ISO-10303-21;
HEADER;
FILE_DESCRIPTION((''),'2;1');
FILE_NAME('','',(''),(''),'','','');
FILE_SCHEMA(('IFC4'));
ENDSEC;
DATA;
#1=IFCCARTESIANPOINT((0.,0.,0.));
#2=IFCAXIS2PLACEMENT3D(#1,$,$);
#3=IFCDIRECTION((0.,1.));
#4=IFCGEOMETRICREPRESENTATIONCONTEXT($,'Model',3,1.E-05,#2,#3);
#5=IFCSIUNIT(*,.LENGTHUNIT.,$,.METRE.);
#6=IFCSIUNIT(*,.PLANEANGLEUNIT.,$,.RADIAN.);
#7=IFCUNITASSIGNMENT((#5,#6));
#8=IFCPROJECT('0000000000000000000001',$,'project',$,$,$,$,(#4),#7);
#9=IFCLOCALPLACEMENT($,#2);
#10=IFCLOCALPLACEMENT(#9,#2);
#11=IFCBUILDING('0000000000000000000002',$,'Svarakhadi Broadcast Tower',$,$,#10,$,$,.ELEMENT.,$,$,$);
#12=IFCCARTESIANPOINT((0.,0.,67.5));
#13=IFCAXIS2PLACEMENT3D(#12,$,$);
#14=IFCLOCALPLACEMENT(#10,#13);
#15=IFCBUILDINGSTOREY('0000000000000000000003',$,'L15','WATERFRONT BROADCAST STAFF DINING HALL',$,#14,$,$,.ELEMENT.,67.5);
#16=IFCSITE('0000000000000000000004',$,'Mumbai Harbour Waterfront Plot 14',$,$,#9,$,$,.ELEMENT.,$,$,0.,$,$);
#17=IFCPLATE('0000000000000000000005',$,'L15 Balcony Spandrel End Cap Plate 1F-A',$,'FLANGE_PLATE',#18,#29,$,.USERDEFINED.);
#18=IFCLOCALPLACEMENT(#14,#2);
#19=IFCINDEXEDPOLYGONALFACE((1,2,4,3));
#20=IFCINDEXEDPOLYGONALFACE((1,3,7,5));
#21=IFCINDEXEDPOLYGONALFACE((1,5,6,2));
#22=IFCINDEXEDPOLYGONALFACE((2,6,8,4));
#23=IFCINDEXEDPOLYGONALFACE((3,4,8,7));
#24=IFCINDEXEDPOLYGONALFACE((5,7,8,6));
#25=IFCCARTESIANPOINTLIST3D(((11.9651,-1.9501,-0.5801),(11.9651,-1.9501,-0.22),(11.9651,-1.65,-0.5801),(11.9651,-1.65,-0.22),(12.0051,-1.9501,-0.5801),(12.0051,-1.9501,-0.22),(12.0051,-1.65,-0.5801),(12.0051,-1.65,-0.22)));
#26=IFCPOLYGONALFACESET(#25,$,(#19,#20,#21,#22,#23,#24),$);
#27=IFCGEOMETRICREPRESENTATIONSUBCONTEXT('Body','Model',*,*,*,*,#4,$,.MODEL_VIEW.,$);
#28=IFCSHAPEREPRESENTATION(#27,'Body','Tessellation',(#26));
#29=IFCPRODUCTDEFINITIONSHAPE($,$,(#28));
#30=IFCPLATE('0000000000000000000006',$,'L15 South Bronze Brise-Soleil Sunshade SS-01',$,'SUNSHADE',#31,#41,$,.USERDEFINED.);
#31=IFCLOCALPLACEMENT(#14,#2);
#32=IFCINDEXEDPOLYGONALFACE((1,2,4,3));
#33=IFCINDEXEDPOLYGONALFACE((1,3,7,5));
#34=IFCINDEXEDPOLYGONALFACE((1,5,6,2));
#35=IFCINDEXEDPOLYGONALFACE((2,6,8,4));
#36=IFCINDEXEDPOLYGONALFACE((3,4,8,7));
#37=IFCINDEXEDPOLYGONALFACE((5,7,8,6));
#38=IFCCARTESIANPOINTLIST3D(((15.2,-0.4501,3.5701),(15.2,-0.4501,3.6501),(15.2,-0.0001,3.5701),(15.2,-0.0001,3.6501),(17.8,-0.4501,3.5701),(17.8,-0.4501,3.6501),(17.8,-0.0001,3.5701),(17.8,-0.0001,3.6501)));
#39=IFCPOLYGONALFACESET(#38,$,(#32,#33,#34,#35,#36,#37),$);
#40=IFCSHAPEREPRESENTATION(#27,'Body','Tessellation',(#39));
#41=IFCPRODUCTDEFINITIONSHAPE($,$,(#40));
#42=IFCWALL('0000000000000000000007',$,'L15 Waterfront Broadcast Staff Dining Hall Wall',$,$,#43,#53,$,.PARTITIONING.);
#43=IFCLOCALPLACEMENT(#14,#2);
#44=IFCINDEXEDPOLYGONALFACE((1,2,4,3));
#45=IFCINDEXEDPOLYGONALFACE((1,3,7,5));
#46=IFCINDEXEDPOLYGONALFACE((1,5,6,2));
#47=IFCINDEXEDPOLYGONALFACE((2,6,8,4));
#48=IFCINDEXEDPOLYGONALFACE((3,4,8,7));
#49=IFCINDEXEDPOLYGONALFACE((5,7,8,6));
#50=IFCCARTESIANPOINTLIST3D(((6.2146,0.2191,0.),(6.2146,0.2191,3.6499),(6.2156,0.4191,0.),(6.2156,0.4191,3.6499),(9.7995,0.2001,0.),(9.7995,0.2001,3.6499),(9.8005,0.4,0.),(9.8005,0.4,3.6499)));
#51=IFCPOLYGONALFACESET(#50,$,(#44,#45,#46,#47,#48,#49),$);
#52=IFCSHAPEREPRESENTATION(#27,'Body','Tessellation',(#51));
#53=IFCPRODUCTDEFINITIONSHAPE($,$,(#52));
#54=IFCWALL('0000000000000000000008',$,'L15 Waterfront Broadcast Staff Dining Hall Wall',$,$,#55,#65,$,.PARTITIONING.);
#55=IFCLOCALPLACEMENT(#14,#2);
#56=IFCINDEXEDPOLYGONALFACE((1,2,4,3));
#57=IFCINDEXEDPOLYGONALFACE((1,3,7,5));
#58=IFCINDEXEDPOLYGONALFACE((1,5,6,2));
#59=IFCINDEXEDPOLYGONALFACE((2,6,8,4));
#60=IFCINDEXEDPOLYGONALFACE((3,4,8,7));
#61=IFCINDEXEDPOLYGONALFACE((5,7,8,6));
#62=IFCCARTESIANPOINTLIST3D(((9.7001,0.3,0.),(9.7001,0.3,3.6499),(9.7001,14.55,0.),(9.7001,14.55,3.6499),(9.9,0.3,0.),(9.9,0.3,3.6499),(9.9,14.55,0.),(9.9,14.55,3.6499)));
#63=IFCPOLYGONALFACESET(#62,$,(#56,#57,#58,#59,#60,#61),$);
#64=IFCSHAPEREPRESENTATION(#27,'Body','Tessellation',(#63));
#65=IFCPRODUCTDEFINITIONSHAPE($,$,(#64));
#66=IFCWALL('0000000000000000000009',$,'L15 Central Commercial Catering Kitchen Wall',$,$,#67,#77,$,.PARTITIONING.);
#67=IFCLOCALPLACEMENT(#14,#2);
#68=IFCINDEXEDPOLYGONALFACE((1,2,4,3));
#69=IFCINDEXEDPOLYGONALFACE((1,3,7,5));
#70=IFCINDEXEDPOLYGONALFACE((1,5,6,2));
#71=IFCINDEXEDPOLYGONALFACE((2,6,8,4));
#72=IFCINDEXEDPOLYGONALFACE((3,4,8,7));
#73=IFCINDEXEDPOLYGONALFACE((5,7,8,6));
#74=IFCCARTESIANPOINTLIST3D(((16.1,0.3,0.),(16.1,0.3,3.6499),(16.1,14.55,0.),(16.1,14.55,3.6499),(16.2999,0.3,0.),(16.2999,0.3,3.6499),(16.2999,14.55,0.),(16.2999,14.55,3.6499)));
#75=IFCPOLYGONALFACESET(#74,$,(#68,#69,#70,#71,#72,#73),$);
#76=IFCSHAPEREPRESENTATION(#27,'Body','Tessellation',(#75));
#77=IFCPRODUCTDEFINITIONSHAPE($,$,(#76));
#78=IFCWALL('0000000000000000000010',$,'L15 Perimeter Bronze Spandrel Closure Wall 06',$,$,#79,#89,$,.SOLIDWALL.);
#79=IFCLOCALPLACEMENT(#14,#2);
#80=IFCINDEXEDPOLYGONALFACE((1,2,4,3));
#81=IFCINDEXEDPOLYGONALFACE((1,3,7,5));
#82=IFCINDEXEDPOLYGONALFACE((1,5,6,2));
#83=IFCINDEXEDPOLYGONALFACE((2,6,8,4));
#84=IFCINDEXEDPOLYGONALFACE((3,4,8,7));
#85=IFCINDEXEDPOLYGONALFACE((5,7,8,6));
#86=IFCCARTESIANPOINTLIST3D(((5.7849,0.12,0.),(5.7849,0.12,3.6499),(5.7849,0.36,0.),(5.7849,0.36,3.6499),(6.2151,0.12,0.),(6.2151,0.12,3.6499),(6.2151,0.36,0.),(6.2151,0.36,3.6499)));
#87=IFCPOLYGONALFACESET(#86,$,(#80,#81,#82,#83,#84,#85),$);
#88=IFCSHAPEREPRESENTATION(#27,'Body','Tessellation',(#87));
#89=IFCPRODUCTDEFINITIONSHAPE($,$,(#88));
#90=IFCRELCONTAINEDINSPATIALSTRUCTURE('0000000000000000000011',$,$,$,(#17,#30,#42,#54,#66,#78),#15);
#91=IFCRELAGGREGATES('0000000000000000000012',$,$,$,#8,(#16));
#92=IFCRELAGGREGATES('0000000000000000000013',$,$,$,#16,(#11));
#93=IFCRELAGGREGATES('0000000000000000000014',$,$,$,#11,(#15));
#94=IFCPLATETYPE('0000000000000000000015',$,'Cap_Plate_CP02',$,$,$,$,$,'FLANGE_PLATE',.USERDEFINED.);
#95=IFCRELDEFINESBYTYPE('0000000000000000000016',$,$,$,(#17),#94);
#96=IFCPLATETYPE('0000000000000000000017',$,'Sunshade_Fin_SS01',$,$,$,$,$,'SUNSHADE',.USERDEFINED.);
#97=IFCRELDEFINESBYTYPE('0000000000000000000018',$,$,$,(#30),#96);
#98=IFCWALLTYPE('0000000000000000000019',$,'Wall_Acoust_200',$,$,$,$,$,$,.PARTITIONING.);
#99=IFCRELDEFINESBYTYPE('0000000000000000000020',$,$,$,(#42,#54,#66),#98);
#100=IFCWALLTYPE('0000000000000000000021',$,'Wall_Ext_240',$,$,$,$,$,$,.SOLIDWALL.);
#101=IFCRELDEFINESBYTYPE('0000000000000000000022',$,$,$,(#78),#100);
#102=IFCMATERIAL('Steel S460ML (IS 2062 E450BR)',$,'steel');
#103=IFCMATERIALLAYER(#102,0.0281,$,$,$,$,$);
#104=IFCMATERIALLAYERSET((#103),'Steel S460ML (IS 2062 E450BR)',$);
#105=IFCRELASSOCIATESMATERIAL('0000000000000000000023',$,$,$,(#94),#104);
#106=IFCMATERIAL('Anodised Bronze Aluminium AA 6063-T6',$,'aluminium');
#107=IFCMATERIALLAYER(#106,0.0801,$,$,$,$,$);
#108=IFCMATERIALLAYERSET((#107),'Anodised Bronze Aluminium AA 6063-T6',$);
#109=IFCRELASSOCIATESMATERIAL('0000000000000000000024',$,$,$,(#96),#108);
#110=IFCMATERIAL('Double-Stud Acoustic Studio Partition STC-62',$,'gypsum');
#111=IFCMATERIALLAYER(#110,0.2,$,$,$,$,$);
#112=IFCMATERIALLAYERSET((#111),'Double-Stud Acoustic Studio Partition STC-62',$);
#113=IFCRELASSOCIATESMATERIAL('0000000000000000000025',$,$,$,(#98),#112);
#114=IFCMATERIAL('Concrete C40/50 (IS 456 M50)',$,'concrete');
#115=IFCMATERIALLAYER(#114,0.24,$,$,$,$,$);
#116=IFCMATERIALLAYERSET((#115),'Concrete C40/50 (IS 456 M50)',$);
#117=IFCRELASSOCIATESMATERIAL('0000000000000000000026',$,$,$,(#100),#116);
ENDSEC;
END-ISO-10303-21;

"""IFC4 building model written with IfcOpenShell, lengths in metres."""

from ifc_helpers import new_model, si_unit, direction, frame, frame_2d, origin, origin_2d, place, context, subcontext, project, spatial, rectangle, extrude, material, layer, layer_set, type_object, element, save


model = new_model("IFC4")

# Units and contexts
model_context = context("Model", 3, precision=1e-05, world=origin(), true_north=direction((0.0, 1.0)))
body_context = subcontext(model_context, "Body", "Model", "MODEL_VIEW")
ifc_project = project(units=[si_unit("LENGTHUNIT", "METRE"), si_unit("PLANEANGLEUNIT", "RADIAN")], contexts=[model_context])

# Site, building, storey
site_placement = place(None, origin())
site = spatial("IfcSite", under=ifc_project, at=site_placement, Name="Mumbai Harbour Waterfront Plot 14", CompositionType="ELEMENT", RefElevation=0.0)
building_placement = place(site_placement, origin())
building = spatial("IfcBuilding", under=site, at=building_placement, Name="Svarakhadi Broadcast Tower", CompositionType="ELEMENT")
storey_placement = place(building_placement, frame((0.0, 0.0, 67.5)))
storey = spatial("IfcBuildingStorey", under=building, at=storey_placement, Name="L15", Description="WATERFRONT BROADCAST STAFF DINING HALL", CompositionType="ELEMENT", Elevation=67.5)

# Shared definitions
ifc_material_1 = material(Name="Steel S460ML (IS 2062 E450BR)", Category="steel")

# Shared definitions
ifc_material_2 = material(Name="Anodised Bronze Aluminium AA 6063-T6", Category="aluminium")

# Plates
ifc_layer_1 = layer(ifc_material_1, 0.0281)
ifc_layer_set_1 = layer_set([ifc_layer_1], Name="Steel S460ML (IS 2062 E450BR)")
plate_type_1 = type_object("IfcPlateType", Name="Cap_Plate_CP02", ElementType="FLANGE_PLATE", PredefinedType="USERDEFINED", material=ifc_layer_set_1)
plate_1_placement = place(storey_placement, frame((11.9851, -1.8, -0.5801), z_axis=(0.0, 0.0, 1.0), x_axis=(1.0, 0.0, 0.0)))
element("IfcPlate", 1, at=plate_1_placement, inside=storey, type_object=plate_type_1, Name="L15 Balcony Spandrel End Cap Plate 1F-A", ObjectType="FLANGE_PLATE", PredefinedType="USERDEFINED", context=body_context, shape_type="SweptSolid", body=[
    extrude(rectangle(XDim=0.04, YDim=0.3, at=origin_2d()), origin(), (0.0, 0.0, 1.0), 0.3601),
])
ifc_layer_2 = layer(ifc_material_2, 0.0801)
ifc_layer_set_2 = layer_set([ifc_layer_2], Name="Anodised Bronze Aluminium AA 6063-T6")
plate_type_2 = type_object("IfcPlateType", Name="Sunshade_Fin_SS01", ElementType="SUNSHADE", PredefinedType="USERDEFINED", material=ifc_layer_set_2)
plate_2_placement = place(storey_placement, frame((16.5, -0.2251, 3.5701), z_axis=(0.0, 0.0, 1.0), x_axis=(1.0, 0.0, 0.0)))
element("IfcPlate", 2, at=plate_2_placement, inside=storey, type_object=plate_type_2, Name="L15 South Bronze Brise-Soleil Sunshade SS-01", ObjectType="SUNSHADE", PredefinedType="USERDEFINED", context=body_context, shape_type="SweptSolid", body=[
    extrude(rectangle(XDim=2.6001, YDim=0.45, at=origin_2d()), origin(), (0.0, 0.0, 1.0), 0.0801),
])

# Walls
ifc_material_3 = material(Name="Double-Stud Acoustic Studio Partition STC-62", Category="gypsum")
ifc_layer_3 = layer(ifc_material_3, 0.2)
ifc_layer_set_3 = layer_set([ifc_layer_3], Name="Double-Stud Acoustic Studio Partition STC-62")
wall_type_1 = type_object("IfcWallType", Name="Wall_Acoust_200", PredefinedType="PARTITIONING", material=ifc_layer_set_3)
wall_1_placement = place(storey_placement, frame((6.2151, 0.3191, 0.0), z_axis=(0.0, 0.0, 1.0), x_axis=(0.999986, -0.005312, 0.0)))
element("IfcWall", 3, at=wall_1_placement, inside=storey, type_object=wall_type_1, Name="L15 Waterfront Broadcast Staff Dining Hall Wall", PredefinedType="PARTITIONING", context=body_context, shape_type="SweptSolid", body=[
    extrude(rectangle(XDim=3.585, YDim=0.2, at=frame_2d((1.7925, 0.0))), origin(), (0.0, 0.0, 1.0), 3.6499),
])
for number, where, z_axis, x_axis, name in (
    (4, (9.8, 0.3, 0.0), (0.0, 0.0, 1.0), (0.0, 1.0, 0.0), "L15 Waterfront Broadcast Staff Dining Hall Wall"),
    (5, (16.2, 0.3, 0.0), (0.0, 0.0, 1.0), (0.0, 1.0, 0.0), "L15 Central Commercial Catering Kitchen Wall"),
):
    element("IfcWall", number, at=place(storey_placement, frame(where, z_axis=z_axis, x_axis=x_axis)), inside=storey, type_object=wall_type_1, Name=name, PredefinedType="PARTITIONING", context=body_context, shape_type="SweptSolid", body=[
        extrude(rectangle(XDim=14.25, YDim=0.2, at=frame_2d((7.125, 0.0))), origin(), (0.0, 0.0, 1.0), 3.6499),
    ])
ifc_material_4 = material(Name="Concrete C40/50 (IS 456 M50)", Category="concrete")
ifc_layer_4 = layer(ifc_material_4, 0.24)
ifc_layer_set_4 = layer_set([ifc_layer_4], Name="Concrete C40/50 (IS 456 M50)")
wall_type_2 = type_object("IfcWallType", Name="Wall_Ext_240", PredefinedType="SOLIDWALL", material=ifc_layer_set_4)
wall_2_placement = place(storey_placement, frame((6.2151, 0.24, 0.0), z_axis=(0.0, 0.0, 1.0), x_axis=(-1.0, 0.0, 0.0)))
element("IfcWall", 6, at=wall_2_placement, inside=storey, type_object=wall_type_2, Name="L15 Perimeter Bronze Spandrel Closure Wall 06", PredefinedType="SOLIDWALL", context=body_context, shape_type="SweptSolid", body=[
    extrude(rectangle(XDim=0.4302, YDim=0.24, at=frame_2d((0.2151, 0.0))), origin(), (0.0, 0.0, 1.0), 3.6499),
])

save(model, "model.ifc")
